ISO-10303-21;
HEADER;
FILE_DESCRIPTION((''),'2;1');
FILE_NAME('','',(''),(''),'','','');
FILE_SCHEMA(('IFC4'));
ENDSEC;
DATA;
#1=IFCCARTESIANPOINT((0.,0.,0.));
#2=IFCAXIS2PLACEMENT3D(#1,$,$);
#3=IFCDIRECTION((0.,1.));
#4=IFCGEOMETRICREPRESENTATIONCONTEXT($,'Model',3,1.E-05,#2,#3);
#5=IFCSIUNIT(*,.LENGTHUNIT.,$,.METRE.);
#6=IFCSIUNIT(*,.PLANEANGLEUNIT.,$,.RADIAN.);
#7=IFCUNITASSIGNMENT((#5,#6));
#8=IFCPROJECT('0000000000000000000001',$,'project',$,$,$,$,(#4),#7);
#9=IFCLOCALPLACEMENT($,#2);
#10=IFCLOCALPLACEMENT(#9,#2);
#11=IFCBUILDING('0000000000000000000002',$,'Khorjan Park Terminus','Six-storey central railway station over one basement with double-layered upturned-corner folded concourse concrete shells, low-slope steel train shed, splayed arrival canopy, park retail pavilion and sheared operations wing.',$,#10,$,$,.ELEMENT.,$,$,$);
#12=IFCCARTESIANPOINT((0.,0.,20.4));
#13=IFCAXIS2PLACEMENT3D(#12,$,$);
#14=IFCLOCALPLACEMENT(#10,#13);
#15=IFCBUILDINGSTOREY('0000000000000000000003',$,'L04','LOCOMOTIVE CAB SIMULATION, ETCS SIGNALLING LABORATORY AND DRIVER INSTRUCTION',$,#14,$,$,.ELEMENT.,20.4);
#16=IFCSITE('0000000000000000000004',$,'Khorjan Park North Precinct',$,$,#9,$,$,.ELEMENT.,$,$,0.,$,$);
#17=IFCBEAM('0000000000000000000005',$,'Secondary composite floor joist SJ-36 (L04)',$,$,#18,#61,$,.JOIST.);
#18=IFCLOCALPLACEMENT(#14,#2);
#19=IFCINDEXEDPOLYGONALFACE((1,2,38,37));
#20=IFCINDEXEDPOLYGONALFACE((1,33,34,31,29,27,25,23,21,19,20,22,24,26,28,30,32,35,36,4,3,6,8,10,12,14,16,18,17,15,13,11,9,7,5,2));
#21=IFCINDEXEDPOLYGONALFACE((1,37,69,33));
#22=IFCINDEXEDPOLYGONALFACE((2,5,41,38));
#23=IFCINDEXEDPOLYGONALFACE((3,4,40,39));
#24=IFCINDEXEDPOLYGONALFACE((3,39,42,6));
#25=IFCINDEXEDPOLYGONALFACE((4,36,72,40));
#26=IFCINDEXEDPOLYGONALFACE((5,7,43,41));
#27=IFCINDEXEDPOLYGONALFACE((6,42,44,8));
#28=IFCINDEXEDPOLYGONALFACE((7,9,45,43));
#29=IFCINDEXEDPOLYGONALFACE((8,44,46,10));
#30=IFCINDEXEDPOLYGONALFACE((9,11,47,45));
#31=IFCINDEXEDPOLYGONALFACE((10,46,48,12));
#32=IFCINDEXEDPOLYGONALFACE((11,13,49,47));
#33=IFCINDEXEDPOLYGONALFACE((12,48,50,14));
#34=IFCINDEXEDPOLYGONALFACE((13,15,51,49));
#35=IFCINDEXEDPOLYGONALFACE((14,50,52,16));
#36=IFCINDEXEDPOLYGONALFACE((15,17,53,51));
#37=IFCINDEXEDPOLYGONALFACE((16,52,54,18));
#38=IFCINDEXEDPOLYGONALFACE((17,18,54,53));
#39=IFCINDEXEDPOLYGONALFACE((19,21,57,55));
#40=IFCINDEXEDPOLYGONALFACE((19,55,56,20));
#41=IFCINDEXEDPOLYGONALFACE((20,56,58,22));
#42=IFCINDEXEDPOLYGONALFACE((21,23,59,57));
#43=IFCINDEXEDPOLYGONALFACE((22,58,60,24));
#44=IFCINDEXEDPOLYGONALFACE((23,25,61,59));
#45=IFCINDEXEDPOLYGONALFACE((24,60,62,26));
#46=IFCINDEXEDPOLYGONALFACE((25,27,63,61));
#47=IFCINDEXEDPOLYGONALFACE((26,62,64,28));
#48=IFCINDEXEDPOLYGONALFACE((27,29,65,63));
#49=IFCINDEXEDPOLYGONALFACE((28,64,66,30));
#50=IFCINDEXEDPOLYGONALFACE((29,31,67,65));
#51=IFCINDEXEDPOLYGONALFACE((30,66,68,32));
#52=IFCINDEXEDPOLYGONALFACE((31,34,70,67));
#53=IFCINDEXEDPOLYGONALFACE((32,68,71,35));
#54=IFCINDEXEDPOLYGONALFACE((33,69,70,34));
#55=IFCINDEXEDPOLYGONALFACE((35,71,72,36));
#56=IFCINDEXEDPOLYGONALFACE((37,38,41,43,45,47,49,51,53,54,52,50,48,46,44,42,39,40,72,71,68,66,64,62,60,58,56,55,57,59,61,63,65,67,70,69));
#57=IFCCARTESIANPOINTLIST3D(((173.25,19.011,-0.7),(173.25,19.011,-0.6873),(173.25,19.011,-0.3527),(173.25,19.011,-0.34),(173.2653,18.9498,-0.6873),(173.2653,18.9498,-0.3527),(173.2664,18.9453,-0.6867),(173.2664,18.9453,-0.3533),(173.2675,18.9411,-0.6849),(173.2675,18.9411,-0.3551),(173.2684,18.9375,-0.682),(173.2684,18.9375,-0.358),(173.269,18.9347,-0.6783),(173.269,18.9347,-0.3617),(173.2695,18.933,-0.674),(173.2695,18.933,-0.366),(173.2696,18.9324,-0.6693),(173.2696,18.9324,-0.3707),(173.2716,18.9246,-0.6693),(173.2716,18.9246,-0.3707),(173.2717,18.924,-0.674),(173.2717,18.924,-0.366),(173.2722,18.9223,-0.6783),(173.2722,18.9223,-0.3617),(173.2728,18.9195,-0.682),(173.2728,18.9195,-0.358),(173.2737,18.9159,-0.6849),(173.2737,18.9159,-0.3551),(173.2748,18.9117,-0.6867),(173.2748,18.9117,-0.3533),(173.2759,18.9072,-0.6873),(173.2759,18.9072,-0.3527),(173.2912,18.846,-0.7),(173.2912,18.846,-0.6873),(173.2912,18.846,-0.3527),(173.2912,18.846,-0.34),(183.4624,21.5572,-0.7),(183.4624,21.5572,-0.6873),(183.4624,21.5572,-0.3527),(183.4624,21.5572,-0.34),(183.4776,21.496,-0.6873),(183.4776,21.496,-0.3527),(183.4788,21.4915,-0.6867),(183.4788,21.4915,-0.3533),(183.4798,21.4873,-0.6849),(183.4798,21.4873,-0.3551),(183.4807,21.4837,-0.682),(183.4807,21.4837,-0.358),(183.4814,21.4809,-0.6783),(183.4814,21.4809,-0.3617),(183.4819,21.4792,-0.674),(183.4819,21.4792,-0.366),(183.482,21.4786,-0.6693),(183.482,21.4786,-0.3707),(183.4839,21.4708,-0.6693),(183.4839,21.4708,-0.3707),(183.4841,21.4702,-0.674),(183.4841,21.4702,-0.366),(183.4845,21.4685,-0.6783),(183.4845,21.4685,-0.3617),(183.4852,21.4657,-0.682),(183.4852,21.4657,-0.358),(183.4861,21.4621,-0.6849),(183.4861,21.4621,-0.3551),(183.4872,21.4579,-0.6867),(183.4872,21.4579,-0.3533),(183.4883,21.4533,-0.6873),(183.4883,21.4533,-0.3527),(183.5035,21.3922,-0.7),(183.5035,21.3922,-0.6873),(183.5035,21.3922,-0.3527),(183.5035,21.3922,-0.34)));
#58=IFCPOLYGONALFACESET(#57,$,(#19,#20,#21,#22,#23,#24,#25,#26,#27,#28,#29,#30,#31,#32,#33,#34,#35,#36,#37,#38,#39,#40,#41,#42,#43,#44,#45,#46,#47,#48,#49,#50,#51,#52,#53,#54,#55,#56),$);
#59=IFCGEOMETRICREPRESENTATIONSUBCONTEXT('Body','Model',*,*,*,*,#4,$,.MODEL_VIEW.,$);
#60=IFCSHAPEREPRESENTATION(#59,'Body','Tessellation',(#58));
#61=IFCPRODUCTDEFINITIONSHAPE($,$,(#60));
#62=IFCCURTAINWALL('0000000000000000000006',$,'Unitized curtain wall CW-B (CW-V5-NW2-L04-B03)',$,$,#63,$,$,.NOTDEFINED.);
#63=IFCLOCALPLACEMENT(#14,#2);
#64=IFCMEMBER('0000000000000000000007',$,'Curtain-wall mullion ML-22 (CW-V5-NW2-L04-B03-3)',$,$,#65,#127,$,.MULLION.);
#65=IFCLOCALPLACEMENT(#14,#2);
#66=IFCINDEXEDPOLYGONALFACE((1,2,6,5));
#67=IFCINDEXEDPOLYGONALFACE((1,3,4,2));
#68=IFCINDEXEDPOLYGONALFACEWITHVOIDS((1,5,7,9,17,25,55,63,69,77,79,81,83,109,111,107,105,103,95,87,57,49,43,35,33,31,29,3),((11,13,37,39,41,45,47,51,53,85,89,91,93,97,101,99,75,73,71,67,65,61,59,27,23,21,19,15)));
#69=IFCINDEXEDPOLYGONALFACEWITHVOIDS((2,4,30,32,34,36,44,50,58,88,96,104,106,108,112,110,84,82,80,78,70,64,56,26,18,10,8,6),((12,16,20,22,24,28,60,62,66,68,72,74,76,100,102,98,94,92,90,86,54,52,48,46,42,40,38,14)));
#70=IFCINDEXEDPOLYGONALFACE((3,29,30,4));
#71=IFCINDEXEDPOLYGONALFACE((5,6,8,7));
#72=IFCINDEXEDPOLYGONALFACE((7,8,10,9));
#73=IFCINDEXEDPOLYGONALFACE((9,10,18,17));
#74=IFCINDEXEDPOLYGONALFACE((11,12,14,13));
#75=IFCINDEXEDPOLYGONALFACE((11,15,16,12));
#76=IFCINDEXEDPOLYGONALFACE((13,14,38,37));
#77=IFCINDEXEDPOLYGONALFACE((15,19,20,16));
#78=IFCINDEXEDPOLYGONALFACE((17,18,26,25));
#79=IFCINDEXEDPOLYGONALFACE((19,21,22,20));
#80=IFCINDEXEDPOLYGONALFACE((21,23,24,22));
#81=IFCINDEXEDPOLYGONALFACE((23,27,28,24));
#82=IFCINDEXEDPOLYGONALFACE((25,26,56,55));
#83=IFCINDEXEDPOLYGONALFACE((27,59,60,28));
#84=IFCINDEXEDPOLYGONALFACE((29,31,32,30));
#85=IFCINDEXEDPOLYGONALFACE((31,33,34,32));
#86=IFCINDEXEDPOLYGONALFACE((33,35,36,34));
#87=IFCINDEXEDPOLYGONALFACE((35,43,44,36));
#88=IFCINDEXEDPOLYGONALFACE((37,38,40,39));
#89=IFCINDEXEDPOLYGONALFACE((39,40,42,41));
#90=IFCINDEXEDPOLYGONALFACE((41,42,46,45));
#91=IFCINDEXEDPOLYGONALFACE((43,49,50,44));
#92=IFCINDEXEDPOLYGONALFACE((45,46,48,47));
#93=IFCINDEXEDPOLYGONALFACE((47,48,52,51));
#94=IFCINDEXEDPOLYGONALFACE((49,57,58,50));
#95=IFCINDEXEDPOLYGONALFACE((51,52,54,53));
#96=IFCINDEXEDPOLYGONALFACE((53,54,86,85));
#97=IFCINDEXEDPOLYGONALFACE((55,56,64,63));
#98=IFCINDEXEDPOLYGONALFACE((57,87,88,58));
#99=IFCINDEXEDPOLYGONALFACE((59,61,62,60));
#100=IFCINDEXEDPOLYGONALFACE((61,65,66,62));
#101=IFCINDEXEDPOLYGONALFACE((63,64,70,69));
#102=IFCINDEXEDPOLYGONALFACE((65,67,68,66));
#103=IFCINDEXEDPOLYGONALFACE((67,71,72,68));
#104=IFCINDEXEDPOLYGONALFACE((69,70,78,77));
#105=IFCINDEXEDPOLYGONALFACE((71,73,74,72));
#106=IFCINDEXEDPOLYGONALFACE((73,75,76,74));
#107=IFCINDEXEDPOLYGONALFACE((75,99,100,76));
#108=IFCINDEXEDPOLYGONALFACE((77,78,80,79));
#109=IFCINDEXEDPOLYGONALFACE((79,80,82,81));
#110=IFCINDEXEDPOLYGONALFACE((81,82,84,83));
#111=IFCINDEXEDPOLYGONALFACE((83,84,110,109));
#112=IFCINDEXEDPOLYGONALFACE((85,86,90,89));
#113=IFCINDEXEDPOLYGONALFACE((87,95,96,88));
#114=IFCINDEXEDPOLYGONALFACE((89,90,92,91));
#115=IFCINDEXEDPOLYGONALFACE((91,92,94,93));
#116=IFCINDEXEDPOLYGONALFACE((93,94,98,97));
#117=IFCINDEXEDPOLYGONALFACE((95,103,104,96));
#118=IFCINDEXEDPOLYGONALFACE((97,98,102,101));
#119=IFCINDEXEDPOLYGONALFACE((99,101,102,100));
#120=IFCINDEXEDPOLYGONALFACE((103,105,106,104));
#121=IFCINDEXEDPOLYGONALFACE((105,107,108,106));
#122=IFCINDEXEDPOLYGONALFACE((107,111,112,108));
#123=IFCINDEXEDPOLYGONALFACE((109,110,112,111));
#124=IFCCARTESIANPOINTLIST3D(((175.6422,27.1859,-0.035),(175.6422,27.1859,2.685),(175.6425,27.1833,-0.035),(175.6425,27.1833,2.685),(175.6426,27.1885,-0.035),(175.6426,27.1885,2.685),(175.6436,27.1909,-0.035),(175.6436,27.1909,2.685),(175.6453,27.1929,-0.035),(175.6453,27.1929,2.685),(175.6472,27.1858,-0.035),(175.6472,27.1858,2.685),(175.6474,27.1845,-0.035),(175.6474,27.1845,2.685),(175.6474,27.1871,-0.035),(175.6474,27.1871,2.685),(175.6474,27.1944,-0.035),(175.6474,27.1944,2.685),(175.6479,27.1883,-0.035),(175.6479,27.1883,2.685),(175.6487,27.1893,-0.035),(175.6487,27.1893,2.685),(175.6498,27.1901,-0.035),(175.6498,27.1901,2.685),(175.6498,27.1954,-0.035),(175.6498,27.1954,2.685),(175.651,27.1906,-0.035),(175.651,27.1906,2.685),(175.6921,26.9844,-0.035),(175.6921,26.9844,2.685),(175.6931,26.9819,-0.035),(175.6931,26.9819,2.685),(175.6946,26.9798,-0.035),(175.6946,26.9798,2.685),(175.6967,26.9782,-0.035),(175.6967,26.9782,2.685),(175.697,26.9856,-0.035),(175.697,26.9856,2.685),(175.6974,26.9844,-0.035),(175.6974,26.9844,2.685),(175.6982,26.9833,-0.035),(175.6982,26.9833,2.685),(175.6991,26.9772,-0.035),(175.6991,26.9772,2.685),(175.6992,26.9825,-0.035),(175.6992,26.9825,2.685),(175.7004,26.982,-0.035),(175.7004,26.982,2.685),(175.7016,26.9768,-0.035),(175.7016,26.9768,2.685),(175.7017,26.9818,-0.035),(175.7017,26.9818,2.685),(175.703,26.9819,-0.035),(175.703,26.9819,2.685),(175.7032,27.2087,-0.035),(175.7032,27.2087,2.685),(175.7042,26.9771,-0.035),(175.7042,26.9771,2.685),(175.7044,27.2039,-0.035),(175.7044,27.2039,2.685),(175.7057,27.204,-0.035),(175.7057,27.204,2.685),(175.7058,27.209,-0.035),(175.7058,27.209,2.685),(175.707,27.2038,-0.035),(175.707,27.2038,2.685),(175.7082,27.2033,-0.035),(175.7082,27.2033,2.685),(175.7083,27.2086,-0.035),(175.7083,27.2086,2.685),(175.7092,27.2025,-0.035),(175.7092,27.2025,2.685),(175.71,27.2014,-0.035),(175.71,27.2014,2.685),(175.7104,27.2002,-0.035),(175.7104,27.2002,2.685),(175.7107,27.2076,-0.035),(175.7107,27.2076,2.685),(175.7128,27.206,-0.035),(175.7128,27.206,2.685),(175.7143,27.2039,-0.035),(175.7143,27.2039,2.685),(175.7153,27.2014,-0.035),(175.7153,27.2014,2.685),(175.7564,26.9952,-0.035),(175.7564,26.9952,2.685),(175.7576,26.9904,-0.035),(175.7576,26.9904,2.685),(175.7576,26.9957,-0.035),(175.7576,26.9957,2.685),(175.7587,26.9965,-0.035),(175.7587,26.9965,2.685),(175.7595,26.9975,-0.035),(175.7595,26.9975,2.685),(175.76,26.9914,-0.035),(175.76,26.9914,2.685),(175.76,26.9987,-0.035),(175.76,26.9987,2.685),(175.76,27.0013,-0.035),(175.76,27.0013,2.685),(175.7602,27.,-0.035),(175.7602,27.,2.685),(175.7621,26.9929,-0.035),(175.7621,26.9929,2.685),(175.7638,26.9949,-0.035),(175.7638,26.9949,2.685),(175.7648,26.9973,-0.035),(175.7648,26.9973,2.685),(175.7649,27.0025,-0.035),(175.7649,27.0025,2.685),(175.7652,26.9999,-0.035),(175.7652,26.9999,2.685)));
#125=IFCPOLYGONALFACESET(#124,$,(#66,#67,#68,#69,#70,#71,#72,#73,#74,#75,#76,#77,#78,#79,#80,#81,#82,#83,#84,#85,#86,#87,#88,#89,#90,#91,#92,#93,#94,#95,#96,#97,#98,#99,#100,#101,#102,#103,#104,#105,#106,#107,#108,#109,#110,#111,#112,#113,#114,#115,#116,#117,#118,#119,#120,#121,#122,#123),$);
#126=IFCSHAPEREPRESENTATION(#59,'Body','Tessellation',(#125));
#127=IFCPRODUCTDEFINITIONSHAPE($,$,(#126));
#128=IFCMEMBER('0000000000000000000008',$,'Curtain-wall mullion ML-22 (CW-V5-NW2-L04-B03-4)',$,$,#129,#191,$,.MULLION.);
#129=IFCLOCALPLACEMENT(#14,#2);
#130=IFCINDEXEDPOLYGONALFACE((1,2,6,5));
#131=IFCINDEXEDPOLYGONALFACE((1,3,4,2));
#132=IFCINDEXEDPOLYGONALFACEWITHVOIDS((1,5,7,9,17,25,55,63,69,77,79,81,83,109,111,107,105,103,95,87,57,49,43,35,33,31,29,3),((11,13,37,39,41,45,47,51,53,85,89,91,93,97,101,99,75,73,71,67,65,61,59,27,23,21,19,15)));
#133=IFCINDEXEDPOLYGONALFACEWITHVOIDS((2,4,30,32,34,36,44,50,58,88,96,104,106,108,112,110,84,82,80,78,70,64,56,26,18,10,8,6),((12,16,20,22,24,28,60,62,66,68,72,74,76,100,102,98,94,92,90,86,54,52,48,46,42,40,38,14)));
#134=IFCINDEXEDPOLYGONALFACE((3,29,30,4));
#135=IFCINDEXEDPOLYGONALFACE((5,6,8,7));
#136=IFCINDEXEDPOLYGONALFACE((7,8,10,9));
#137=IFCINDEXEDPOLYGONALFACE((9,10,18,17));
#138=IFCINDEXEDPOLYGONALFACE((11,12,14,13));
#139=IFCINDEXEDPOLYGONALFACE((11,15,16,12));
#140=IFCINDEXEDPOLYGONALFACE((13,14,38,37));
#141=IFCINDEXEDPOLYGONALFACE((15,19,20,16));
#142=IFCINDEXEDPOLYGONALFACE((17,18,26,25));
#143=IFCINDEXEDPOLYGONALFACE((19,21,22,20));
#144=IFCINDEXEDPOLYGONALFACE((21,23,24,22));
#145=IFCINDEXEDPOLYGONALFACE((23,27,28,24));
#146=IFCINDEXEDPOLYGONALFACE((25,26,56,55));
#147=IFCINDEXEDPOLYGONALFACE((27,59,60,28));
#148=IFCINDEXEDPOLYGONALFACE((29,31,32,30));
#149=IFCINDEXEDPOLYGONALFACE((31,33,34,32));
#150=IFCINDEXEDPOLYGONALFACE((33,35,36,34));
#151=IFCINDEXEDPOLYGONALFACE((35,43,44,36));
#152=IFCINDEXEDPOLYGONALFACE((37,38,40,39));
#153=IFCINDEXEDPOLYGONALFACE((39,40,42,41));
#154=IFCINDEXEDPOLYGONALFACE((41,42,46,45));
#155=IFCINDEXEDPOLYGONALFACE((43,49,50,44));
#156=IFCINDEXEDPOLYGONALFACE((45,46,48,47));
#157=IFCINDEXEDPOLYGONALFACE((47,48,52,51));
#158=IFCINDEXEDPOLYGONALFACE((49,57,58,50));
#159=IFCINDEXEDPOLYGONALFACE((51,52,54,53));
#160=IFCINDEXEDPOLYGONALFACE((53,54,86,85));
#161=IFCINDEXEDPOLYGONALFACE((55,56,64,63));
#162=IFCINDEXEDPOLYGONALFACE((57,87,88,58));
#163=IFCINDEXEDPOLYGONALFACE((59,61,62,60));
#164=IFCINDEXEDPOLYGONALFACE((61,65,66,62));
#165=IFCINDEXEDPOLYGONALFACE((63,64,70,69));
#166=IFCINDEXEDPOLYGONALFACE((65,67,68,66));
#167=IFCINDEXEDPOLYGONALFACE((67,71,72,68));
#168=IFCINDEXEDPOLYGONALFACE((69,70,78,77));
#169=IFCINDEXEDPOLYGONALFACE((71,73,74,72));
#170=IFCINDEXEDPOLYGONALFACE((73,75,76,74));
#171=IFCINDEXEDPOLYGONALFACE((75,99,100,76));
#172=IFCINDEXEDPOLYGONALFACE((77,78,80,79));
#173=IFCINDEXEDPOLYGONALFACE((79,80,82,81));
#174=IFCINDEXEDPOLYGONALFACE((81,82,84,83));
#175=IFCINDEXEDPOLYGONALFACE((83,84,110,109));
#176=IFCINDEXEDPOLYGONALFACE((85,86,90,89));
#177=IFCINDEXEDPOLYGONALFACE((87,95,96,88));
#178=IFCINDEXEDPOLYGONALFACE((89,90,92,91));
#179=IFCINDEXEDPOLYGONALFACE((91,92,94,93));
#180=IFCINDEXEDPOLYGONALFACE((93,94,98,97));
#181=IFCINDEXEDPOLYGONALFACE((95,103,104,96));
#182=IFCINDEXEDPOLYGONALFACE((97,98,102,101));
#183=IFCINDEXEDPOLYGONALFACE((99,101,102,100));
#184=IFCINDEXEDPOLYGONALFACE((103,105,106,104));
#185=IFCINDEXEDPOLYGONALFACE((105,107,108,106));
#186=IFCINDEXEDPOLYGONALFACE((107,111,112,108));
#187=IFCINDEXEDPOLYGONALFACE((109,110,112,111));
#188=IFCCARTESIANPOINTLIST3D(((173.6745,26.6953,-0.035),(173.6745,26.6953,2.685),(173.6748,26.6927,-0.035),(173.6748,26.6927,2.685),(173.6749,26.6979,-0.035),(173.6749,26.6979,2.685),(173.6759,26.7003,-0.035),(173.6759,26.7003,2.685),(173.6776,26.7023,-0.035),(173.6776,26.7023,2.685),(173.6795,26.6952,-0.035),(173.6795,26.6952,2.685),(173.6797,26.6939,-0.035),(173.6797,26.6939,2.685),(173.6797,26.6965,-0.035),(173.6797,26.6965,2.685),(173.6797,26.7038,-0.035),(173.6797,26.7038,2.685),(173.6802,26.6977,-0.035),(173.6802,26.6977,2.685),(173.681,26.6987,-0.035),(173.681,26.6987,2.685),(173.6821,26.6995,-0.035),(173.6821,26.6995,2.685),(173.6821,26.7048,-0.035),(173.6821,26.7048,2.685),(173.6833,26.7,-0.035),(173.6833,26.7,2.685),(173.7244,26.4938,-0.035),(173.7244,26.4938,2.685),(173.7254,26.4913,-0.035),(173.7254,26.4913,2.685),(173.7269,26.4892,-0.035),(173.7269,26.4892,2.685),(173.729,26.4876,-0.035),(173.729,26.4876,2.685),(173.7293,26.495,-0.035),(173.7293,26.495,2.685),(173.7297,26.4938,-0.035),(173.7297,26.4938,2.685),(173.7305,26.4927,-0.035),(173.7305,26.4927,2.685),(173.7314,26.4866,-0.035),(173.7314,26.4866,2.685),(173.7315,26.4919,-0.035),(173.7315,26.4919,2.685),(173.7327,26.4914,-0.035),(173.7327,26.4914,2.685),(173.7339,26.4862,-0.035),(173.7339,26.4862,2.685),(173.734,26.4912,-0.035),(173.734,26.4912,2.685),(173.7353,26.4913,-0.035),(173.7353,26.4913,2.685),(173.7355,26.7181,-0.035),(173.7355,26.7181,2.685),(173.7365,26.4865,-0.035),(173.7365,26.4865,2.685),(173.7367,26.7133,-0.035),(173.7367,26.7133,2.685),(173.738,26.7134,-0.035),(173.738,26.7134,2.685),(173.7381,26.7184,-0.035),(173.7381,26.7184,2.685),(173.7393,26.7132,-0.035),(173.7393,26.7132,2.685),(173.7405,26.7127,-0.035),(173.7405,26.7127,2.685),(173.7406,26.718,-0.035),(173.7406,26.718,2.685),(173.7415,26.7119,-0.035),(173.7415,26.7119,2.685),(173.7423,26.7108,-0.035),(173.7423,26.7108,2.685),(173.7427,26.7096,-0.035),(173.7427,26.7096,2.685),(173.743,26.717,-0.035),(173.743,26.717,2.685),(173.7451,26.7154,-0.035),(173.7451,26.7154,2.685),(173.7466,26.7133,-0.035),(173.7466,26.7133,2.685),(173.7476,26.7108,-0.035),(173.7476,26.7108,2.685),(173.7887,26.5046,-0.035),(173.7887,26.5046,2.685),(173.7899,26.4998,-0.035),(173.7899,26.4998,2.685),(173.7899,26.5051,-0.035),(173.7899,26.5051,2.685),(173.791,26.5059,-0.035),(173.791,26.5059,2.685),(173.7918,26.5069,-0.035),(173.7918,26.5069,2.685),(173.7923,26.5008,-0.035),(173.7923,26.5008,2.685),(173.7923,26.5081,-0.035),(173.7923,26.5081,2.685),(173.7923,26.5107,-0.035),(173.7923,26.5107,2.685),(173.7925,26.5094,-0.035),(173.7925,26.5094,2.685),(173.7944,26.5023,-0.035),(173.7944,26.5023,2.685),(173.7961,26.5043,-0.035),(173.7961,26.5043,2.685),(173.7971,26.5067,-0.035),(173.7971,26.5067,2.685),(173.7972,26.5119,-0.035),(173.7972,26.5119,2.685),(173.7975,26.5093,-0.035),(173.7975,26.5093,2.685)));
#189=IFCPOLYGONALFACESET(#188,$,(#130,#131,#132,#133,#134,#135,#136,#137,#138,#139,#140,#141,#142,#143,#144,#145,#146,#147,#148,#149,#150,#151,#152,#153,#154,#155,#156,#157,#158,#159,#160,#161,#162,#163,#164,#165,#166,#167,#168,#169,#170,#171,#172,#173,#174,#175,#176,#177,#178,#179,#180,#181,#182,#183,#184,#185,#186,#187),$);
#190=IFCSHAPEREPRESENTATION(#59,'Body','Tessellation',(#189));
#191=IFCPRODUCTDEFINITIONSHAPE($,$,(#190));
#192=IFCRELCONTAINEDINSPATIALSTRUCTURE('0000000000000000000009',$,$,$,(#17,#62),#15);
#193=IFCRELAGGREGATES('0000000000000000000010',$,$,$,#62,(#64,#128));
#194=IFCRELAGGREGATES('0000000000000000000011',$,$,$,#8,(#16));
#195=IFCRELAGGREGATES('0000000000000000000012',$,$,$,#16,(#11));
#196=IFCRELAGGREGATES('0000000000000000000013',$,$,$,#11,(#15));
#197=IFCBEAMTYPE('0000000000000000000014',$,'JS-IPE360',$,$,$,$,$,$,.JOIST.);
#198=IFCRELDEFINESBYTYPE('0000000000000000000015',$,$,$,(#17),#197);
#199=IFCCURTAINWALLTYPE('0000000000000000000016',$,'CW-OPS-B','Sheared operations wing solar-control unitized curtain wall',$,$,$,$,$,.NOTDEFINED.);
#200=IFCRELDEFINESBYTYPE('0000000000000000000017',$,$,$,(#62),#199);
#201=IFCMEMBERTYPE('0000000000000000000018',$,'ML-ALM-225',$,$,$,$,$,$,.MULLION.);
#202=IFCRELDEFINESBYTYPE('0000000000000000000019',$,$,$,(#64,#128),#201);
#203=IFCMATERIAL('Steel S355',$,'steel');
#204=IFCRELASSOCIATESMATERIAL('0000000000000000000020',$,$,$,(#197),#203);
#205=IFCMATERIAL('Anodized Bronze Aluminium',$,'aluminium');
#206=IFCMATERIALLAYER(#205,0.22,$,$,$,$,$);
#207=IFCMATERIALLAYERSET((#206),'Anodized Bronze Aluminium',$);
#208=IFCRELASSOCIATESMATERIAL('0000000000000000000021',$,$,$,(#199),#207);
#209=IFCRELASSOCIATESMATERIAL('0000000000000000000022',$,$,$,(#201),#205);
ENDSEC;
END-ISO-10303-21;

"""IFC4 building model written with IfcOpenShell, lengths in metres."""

from ifc_helpers import new_model, si_unit, direction, frame, origin, origin_2d, place, context, subcontext, project, spatial, hollow_rectangle, i_section, extrude, material, layer, layer_set, material_profile, profile_set, type_object, element, aggregate, save


model = new_model("IFC4")

# Units and contexts
model_context = context("Model", 3, precision=1e-05, world=origin(), true_north=direction((0.0, 1.0)))
body_context = subcontext(model_context, "Body", "Model", "MODEL_VIEW")
ifc_project = project(units=[si_unit("LENGTHUNIT", "METRE"), si_unit("PLANEANGLEUNIT", "RADIAN")], contexts=[model_context])

# Site, building, storey
site_placement = place(None, origin())
site = spatial("IfcSite", under=ifc_project, at=site_placement, Name="Khorjan Park North Precinct", CompositionType="ELEMENT", RefElevation=0.0)
building_placement = place(site_placement, origin())
building = spatial("IfcBuilding", under=site, at=building_placement, Name="Khorjan Park Terminus", Description="Six-storey central railway station over one basement with double-layered upturned-corner folded concourse concrete shells, low-slope steel train shed, splayed arrival canopy, park retail pavilion and sheared operations wing.", CompositionType="ELEMENT")
storey_placement = place(building_placement, frame((0.0, 0.0, 20.4)))
storey = spatial("IfcBuildingStorey", under=building, at=storey_placement, Name="L04", Description="LOCOMOTIVE CAB SIMULATION, ETCS SIGNALLING LABORATORY AND DRIVER INSTRUCTION", CompositionType="ELEMENT", Elevation=20.4)

# Beam
ifc_material_1 = material(Name="Steel S355", Category="steel")
ifc_material_profile_1 = material_profile(ifc_material_1, i_section(OverallWidth=0.17, OverallDepth=0.36, WebThickness=0.008, FlangeThickness=0.0127, FilletRadius=0.018, at=origin_2d()), Name="IPE 360")
ifc_profile_set_1 = profile_set([ifc_material_profile_1], Name="Steel S355")
beam_type = type_object("IfcBeamType", Name="JS-IPE360", PredefinedType="JOIST", material=ifc_profile_set_1)
beam_placement = place(storey_placement, frame((173.2706, 18.9285, -0.52), z_axis=(0.970297, 0.241919, 0.0), x_axis=(-0.241919, 0.970297, 0.0)))
element("IfcBeam", 1, at=beam_placement, inside=storey, type_object=beam_type, Name="Secondary composite floor joist SJ-36 (L04)", PredefinedType="JOIST", context=body_context, shape_type="SweptSolid", body=[
    extrude(i_section(OverallWidth=0.17, OverallDepth=0.36, WebThickness=0.008, FlangeThickness=0.0127, FilletRadius=0.018, at=origin_2d()), origin(), (0.0, 0.0, 1.0), 10.525),
])

# Curtain wall, members
ifc_material_2 = material(Name="Anodized Bronze Aluminium", Category="aluminium")
ifc_layer_1 = layer(ifc_material_2, 0.22)
ifc_layer_set_1 = layer_set([ifc_layer_1], Name="Anodized Bronze Aluminium")
curtain_wall_type = type_object("IfcCurtainWallType", Name="CW-OPS-B", Description="Sheared operations wing solar-control unitized curtain wall", PredefinedType="NOTDEFINED", material=ifc_layer_set_1)
curtain_wall_1_placement = place(storey_placement, origin())
curtain_wall_1 = element("IfcCurtainWall", 2, at=curtain_wall_1_placement, inside=storey, type_object=curtain_wall_type, Name="Unitized curtain wall CW-B (CW-V5-NW2-L04-B03)", PredefinedType="NOTDEFINED")
ifc_material_profile_2 = material_profile(ifc_material_2, hollow_rectangle(XDim=0.075, YDim=0.225, WallThickness=0.005, InnerFilletRadius=0.005, OuterFilletRadius=0.01, at=origin_2d()), Name="ALM 75x225x5")
ifc_profile_set_2 = profile_set([ifc_material_profile_2], Name="Anodized Bronze Aluminium")
member_type_1 = type_object("IfcMemberType", Name="ML-ALM-225", PredefinedType="MULLION", material=ifc_profile_set_2)
member_1_placement = place(storey_placement, frame((175.7037, 27.0929, -0.035), z_axis=(0.0, 0.0, 1.0), x_axis=(-0.970296, -0.241921, 0.0)))
member_1 = element("IfcMember", 3, at=member_1_placement, type_object=member_type_1, Name="Curtain-wall mullion ML-22 (CW-V5-NW2-L04-B03-3)", PredefinedType="MULLION", context=body_context, shape_type="SweptSolid", body=[
    extrude(hollow_rectangle(XDim=0.075, YDim=0.225, WallThickness=0.005, InnerFilletRadius=0.005, OuterFilletRadius=0.01, at=origin_2d()), origin(), (0.0, 0.0, 1.0), 2.72),
])
member_2_placement = place(storey_placement, frame((173.736, 26.6023, -0.035), z_axis=(0.0, 0.0, 1.0), x_axis=(-0.970296, -0.241921, 0.0)))
member_2 = element("IfcMember", 4, at=member_2_placement, type_object=member_type_1, Name="Curtain-wall mullion ML-22 (CW-V5-NW2-L04-B03-4)", PredefinedType="MULLION", context=body_context, shape_type="SweptSolid", body=[
    extrude(hollow_rectangle(XDim=0.075, YDim=0.225, WallThickness=0.005, InnerFilletRadius=0.005, OuterFilletRadius=0.01, at=origin_2d()), origin(), (0.0, 0.0, 1.0), 2.72),
])

aggregate(curtain_wall_1, [member_1, member_2])

save(model, "model.ifc")
